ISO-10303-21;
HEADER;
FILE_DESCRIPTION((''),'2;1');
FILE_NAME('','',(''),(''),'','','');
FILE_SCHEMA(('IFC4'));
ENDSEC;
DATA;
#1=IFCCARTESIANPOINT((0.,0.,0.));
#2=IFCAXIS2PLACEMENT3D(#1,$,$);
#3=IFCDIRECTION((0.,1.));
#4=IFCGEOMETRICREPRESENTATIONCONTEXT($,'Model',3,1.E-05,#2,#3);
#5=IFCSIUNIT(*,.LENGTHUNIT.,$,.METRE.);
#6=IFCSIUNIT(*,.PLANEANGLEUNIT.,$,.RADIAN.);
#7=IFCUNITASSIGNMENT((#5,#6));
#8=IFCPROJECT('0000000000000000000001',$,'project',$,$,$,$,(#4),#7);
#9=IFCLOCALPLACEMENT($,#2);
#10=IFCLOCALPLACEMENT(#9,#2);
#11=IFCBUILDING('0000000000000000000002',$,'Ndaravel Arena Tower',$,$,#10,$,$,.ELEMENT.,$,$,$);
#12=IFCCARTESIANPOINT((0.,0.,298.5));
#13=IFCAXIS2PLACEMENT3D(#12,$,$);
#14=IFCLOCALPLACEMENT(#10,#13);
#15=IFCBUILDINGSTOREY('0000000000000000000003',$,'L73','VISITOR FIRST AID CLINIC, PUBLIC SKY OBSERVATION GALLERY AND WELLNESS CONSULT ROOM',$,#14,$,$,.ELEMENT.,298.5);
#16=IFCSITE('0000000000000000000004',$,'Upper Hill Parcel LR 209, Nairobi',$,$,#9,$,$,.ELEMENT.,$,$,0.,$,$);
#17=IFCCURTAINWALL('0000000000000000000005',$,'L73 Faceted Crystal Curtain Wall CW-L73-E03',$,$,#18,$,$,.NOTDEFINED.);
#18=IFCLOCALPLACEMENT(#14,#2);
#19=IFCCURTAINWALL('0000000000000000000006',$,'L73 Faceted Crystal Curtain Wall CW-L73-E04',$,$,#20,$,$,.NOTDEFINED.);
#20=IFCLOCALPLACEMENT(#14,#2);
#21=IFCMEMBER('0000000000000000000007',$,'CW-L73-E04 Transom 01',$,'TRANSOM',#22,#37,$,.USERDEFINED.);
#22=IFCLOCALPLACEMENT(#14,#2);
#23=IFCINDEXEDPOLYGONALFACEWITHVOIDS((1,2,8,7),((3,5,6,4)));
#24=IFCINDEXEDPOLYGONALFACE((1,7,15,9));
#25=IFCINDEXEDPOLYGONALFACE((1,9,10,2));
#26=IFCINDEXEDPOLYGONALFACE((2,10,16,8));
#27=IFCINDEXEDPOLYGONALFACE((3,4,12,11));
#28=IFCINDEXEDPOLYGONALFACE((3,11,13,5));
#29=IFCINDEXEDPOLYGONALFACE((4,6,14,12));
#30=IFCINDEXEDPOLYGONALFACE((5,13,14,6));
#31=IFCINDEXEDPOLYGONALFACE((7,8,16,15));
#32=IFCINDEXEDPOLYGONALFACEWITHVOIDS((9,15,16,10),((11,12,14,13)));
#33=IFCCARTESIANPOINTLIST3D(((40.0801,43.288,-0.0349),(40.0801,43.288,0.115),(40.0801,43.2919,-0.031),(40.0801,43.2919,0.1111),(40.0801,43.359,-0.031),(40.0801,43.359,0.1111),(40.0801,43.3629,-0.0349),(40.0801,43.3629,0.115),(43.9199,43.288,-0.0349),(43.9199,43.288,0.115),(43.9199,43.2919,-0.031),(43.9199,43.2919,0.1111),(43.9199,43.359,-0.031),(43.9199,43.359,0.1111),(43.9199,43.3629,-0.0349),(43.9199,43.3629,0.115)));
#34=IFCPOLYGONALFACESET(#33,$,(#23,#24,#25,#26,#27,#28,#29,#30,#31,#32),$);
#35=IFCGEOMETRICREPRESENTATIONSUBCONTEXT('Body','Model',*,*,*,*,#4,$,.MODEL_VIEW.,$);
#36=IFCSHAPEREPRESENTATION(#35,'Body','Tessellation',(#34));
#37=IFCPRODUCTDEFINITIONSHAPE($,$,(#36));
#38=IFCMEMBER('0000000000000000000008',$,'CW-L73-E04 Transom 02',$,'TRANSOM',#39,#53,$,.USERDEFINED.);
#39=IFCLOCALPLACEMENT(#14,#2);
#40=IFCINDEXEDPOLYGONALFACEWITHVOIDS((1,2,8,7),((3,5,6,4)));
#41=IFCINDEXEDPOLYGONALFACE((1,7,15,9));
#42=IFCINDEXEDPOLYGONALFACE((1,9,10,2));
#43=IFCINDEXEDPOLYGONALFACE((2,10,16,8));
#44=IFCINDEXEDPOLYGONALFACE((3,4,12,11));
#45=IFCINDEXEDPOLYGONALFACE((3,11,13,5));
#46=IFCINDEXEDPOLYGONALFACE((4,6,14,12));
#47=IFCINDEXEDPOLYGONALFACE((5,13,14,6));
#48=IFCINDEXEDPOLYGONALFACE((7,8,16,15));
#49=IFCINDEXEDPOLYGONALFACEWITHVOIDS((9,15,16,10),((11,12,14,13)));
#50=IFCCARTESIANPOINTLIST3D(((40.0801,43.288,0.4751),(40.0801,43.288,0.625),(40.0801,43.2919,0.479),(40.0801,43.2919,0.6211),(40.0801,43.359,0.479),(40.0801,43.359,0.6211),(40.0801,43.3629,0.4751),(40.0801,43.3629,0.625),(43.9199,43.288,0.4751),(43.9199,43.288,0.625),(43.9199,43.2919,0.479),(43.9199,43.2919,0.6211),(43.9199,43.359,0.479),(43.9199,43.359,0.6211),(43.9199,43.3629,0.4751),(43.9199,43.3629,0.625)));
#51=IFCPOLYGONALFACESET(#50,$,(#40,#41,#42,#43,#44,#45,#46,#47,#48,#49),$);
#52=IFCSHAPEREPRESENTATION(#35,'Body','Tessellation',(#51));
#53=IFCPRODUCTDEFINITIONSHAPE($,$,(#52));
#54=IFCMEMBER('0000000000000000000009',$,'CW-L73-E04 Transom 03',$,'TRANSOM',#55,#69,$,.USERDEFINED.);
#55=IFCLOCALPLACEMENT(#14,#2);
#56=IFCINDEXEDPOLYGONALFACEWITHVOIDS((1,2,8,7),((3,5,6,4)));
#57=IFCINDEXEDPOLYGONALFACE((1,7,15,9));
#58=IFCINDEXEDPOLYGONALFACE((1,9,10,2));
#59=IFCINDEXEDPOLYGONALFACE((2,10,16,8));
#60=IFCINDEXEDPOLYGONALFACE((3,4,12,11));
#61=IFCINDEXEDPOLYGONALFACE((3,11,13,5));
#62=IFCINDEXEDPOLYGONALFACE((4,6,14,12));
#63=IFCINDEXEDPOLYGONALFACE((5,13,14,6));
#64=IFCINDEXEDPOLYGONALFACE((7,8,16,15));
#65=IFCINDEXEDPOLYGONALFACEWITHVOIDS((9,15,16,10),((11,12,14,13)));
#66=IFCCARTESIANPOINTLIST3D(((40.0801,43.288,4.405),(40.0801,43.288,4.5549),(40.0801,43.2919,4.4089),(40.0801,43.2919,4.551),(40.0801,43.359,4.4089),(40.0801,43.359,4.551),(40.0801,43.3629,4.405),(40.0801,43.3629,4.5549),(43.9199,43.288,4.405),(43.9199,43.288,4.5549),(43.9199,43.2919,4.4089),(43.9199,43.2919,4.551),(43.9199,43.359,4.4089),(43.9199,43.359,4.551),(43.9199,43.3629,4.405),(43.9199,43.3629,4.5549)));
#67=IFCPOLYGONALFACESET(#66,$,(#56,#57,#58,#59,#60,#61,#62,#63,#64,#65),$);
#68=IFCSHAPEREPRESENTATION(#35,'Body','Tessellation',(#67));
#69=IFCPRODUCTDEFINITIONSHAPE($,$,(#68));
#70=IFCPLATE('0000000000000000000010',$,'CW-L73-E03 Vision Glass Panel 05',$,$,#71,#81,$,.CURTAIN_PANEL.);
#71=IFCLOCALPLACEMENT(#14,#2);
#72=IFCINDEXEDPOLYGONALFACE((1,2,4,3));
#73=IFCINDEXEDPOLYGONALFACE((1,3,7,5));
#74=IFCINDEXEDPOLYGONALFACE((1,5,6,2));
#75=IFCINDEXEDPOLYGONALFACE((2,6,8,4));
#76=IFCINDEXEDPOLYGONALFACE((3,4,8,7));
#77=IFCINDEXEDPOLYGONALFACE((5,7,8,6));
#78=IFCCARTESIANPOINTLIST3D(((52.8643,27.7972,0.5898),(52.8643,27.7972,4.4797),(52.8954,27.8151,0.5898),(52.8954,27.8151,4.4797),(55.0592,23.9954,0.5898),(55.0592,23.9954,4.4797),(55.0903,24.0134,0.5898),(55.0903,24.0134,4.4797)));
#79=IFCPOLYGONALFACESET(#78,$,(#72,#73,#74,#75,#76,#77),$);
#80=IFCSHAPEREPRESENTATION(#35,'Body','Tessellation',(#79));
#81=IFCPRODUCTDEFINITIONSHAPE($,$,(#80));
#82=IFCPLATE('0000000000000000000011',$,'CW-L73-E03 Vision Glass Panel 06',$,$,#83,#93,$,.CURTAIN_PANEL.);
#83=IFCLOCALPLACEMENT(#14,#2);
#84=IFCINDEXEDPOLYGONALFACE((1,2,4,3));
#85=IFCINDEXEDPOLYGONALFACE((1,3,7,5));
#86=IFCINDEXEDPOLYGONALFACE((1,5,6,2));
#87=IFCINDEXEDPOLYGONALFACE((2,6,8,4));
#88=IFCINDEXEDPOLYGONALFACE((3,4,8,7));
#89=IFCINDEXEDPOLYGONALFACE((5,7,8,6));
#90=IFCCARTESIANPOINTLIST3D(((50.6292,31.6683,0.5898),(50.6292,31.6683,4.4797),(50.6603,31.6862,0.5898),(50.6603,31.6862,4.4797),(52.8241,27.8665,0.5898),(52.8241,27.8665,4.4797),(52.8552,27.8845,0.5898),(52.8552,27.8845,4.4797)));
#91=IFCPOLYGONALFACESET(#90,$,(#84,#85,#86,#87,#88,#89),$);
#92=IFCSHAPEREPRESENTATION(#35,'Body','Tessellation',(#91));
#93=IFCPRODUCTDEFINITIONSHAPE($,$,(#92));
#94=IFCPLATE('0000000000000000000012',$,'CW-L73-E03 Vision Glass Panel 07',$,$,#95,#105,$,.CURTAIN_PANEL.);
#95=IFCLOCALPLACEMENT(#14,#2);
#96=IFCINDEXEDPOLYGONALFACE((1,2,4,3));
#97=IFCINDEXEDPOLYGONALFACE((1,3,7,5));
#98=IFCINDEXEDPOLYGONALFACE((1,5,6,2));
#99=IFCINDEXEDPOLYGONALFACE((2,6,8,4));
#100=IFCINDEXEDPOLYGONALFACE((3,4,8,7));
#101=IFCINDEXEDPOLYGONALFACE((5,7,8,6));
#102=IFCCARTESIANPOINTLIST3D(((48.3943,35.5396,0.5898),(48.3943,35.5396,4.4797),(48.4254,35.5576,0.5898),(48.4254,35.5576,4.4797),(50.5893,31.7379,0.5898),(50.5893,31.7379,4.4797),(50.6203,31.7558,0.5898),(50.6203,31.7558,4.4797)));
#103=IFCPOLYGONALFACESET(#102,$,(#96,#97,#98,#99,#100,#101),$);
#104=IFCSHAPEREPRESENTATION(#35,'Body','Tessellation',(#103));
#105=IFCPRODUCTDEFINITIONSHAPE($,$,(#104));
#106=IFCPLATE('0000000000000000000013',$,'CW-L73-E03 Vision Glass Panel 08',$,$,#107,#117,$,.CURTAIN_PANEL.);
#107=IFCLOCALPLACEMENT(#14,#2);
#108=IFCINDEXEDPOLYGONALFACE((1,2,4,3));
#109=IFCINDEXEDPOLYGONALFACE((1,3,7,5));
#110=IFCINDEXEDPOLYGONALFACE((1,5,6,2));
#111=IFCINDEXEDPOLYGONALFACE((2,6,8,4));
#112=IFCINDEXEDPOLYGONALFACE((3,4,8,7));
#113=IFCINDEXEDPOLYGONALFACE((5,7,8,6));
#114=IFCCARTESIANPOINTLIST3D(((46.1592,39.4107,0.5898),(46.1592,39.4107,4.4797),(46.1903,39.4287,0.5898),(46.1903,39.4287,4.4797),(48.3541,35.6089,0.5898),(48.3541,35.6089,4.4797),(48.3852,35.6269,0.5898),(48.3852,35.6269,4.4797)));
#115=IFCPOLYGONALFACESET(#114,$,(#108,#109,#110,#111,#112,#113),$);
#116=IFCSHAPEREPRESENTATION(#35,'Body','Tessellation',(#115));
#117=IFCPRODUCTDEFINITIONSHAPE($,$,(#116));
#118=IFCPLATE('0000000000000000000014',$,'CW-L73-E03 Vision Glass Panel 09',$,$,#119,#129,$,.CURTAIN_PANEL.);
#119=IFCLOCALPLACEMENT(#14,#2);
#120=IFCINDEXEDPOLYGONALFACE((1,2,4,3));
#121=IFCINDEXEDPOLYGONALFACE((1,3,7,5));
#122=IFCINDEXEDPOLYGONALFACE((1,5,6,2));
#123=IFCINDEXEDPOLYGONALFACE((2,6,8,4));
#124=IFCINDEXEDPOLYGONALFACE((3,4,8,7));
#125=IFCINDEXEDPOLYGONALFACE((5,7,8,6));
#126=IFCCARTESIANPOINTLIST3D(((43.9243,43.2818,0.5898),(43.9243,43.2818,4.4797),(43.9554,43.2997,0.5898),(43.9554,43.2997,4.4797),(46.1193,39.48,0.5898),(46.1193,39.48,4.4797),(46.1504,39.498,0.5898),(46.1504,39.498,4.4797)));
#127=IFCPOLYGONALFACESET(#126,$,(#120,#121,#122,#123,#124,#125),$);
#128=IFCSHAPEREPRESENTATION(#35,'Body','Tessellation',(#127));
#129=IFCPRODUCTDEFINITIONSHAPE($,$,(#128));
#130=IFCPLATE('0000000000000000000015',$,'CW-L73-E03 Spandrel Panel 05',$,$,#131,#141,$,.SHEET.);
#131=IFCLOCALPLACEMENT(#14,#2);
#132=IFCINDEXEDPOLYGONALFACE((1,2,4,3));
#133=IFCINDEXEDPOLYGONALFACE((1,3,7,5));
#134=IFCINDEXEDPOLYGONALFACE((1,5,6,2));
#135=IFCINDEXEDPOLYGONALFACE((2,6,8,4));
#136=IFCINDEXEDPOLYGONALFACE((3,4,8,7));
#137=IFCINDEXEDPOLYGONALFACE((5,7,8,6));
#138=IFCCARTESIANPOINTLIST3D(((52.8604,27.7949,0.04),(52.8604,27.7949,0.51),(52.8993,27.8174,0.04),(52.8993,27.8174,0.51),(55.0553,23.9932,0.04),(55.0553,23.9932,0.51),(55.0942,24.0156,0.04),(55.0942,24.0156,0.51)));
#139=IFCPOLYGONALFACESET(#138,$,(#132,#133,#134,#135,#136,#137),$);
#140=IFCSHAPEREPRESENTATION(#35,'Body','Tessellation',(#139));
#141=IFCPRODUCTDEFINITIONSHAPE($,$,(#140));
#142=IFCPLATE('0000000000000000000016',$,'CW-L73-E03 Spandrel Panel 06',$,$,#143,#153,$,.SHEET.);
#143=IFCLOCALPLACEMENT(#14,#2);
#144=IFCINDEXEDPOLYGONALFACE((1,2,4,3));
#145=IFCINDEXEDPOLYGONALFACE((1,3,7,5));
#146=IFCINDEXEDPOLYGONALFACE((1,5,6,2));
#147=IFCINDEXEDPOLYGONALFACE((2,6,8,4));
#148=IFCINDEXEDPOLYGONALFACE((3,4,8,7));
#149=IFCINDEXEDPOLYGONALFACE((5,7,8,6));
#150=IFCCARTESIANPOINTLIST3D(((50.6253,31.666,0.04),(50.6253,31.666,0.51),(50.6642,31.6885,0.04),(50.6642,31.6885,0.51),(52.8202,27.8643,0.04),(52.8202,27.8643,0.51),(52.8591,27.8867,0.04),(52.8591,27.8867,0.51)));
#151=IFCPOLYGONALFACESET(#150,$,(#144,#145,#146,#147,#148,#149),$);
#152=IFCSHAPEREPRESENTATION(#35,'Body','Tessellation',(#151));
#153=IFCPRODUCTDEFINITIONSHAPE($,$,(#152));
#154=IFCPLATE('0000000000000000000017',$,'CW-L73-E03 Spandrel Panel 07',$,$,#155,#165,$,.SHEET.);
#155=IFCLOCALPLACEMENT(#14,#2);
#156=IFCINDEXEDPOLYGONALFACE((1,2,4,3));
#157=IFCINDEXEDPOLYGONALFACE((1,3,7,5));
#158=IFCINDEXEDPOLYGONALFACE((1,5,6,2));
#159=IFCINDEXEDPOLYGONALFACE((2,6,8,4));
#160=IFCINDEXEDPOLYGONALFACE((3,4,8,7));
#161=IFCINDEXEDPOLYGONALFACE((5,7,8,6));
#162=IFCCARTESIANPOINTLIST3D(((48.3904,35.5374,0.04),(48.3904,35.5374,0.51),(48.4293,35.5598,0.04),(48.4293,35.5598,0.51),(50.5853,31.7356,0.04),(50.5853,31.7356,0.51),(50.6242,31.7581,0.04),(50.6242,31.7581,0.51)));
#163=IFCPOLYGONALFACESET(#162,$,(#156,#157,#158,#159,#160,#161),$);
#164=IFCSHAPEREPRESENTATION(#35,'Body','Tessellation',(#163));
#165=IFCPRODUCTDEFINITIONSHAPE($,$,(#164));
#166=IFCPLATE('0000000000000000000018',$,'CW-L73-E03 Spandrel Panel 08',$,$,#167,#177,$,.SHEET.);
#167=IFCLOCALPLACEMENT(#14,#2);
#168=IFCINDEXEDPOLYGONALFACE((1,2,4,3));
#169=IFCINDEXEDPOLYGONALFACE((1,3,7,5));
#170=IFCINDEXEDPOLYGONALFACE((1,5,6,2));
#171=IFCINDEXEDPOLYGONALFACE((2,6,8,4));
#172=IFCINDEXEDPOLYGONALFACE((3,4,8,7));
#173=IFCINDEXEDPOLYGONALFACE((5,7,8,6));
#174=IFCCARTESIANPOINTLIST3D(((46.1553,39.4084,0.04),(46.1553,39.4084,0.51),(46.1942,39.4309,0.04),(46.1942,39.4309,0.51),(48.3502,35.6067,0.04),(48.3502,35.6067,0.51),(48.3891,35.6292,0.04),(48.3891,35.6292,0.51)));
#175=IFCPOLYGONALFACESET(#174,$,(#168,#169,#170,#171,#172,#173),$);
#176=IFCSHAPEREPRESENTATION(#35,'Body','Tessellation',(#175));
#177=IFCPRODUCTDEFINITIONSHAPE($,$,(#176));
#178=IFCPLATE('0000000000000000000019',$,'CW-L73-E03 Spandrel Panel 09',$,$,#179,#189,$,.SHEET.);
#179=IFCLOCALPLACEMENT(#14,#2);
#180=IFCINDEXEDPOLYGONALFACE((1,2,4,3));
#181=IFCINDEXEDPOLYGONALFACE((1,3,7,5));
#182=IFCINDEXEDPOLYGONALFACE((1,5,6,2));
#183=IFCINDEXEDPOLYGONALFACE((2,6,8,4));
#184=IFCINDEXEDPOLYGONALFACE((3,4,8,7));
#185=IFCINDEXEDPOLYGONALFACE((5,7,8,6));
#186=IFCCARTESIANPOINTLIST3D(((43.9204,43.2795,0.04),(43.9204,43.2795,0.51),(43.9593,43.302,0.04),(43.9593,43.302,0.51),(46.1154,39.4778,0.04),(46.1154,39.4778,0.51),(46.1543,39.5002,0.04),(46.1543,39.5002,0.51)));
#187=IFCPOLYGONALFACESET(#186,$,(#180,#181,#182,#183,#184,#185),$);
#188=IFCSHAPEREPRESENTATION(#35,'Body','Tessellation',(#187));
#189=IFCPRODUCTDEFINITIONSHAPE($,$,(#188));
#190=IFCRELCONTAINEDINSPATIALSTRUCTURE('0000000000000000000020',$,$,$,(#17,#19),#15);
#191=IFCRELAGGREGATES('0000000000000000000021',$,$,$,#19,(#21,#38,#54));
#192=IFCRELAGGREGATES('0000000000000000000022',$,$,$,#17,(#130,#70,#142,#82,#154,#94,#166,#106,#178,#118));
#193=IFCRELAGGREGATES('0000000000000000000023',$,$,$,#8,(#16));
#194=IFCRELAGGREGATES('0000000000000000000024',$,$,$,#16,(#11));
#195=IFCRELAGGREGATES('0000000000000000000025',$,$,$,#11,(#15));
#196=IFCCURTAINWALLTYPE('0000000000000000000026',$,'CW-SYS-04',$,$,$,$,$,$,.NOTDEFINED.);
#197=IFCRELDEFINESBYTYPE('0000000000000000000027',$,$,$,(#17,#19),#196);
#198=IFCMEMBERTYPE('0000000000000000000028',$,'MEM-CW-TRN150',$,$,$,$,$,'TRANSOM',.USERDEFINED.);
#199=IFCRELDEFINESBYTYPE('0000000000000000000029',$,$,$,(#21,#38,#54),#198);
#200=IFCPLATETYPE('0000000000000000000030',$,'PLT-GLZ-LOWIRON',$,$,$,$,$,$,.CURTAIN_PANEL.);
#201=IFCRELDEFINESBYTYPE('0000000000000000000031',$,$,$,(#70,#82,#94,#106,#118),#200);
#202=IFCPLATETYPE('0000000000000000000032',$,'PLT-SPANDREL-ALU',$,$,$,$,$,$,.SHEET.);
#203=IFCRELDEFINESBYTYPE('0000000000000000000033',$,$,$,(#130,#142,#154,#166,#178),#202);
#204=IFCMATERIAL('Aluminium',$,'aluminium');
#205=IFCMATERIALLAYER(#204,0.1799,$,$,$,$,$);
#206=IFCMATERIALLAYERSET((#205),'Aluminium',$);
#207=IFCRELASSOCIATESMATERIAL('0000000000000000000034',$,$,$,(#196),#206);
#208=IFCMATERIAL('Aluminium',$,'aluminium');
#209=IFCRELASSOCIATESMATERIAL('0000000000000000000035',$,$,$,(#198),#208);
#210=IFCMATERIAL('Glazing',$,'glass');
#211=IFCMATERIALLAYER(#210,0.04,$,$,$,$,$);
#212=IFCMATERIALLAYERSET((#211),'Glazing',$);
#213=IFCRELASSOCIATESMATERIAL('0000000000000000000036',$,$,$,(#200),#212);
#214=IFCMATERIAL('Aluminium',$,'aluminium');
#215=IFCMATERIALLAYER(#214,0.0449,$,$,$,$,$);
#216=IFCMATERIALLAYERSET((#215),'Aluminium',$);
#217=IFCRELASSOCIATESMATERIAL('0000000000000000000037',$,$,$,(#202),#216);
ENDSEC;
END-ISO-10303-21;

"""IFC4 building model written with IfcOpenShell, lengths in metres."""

from ifc_helpers import new_model, si_unit, direction, frame, origin, origin_2d, place, context, subcontext, project, spatial, rectangle, hollow_rectangle, extrude, material, layer, layer_set, material_profile, profile_set, type_object, element, aggregate, save


model = new_model("IFC4")

# Units and contexts
model_context = context("Model", 3, precision=1e-05, world=origin(), true_north=direction((0.0, 1.0)))
body_context = subcontext(model_context, "Body", "Model", "MODEL_VIEW")
ifc_project = project(units=[si_unit("LENGTHUNIT", "METRE"), si_unit("PLANEANGLEUNIT", "RADIAN")], contexts=[model_context])

# Site, building, storey
site_placement = place(None, origin())
site = spatial("IfcSite", under=ifc_project, at=site_placement, Name="Upper Hill Parcel LR 209, Nairobi", CompositionType="ELEMENT", RefElevation=0.0)
building_placement = place(site_placement, origin())
building = spatial("IfcBuilding", under=site, at=building_placement, Name="Ndaravel Arena Tower", CompositionType="ELEMENT")
storey_placement = place(building_placement, frame((0.0, 0.0, 298.5)))
storey = spatial("IfcBuildingStorey", under=building, at=storey_placement, Name="L73", Description="VISITOR FIRST AID CLINIC, PUBLIC SKY OBSERVATION GALLERY AND WELLNESS CONSULT ROOM", CompositionType="ELEMENT", Elevation=298.5)

# Curtain walls, members
ifc_material_1 = material(Name="Aluminium", Category="aluminium")
ifc_layer_1 = layer(ifc_material_1, 0.1799)
ifc_layer_set_1 = layer_set([ifc_layer_1], Name="Aluminium")
curtain_wall_type = type_object("IfcCurtainWallType", Name="CW-SYS-04", PredefinedType="NOTDEFINED", material=ifc_layer_set_1)
curtain_wall_1_placement = place(storey_placement, origin())
curtain_wall_1 = element("IfcCurtainWall", 1, at=curtain_wall_1_placement, inside=storey, type_object=curtain_wall_type, Name="L73 Faceted Crystal Curtain Wall CW-L73-E03", PredefinedType="NOTDEFINED")
curtain_wall_2_placement = place(storey_placement, origin())
curtain_wall_2 = element("IfcCurtainWall", 2, at=curtain_wall_2_placement, inside=storey, type_object=curtain_wall_type, Name="L73 Faceted Crystal Curtain Wall CW-L73-E04", PredefinedType="NOTDEFINED")
ifc_material_2 = material(Name="Aluminium", Category="aluminium")
ifc_material_profile_1 = material_profile(ifc_material_2, hollow_rectangle(XDim=0.075, YDim=0.1499, WallThickness=0.0039, at=origin_2d()), Name="CW TRANSOM 75x150x4")
ifc_profile_set_1 = profile_set([ifc_material_profile_1], Name="Aluminium")
member_type_1 = type_object("IfcMemberType", Name="MEM-CW-TRN150", ElementType="TRANSOM", PredefinedType="USERDEFINED", material=ifc_profile_set_1)
member_1_placement = place(storey_placement, frame((43.9199, 43.3254, 0.04), z_axis=(-1.0, 0.0, 0.0), x_axis=(0.0, -1.0, 0.0)))
member_1 = element("IfcMember", 3, at=member_1_placement, type_object=member_type_1, Name="CW-L73-E04 Transom 01", ObjectType="TRANSOM", PredefinedType="USERDEFINED", context=body_context, shape_type="SweptSolid", body=[
    extrude(hollow_rectangle(XDim=0.075, YDim=0.1499, WallThickness=0.0039, at=origin_2d()), origin(), (0.0, 0.0, 1.0), 3.8398),
])
member_2_placement = place(storey_placement, frame((43.9199, 43.3254, 0.55), z_axis=(-1.0, 0.0, 0.0), x_axis=(0.0, -1.0, 0.0)))
member_2 = element("IfcMember", 4, at=member_2_placement, type_object=member_type_1, Name="CW-L73-E04 Transom 02", ObjectType="TRANSOM", PredefinedType="USERDEFINED", context=body_context, shape_type="SweptSolid", body=[
    extrude(hollow_rectangle(XDim=0.075, YDim=0.1499, WallThickness=0.0039, at=origin_2d()), origin(), (0.0, 0.0, 1.0), 3.8398),
])
member_3_placement = place(storey_placement, frame((43.9199, 43.3254, 4.48), z_axis=(-1.0, 0.0, 0.0), x_axis=(0.0, -1.0, 0.0)))
member_3 = element("IfcMember", 5, at=member_3_placement, type_object=member_type_1, Name="CW-L73-E04 Transom 03", ObjectType="TRANSOM", PredefinedType="USERDEFINED", context=body_context, shape_type="SweptSolid", body=[
    extrude(hollow_rectangle(XDim=0.075, YDim=0.1499, WallThickness=0.0039, at=origin_2d()), origin(), (0.0, 0.0, 1.0), 3.8398),
])
aggregate(curtain_wall_2, [member_1, member_2, member_3])

# Plates
ifc_material_3 = material(Name="Glazing", Category="glass")
ifc_layer_2 = layer(ifc_material_3, 0.04)
ifc_layer_set_2 = layer_set([ifc_layer_2], Name="Glazing")
plate_type_1 = type_object("IfcPlateType", Name="PLT-GLZ-LOWIRON", PredefinedType="CURTAIN_PANEL", material=ifc_layer_set_2)
plate_1_placement = place(storey_placement, frame((53.9773, 25.9053, 0.5898), z_axis=(0.0, 0.0, 1.0), x_axis=(-0.5, 0.866025, 0.0)))
plate_1 = element("IfcPlate", 6, at=plate_1_placement, type_object=plate_type_1, Name="CW-L73-E03 Vision Glass Panel 05", PredefinedType="CURTAIN_PANEL", context=body_context, shape_type="SweptSolid", body=[
    extrude(rectangle(XDim=4.3899, YDim=0.0359, at=origin_2d()), origin(), (0.0, 0.0, 1.0), 3.8899),
])
plate_2_placement = place(storey_placement, frame((51.7422, 29.7764, 0.5898), z_axis=(0.0, 0.0, 1.0), x_axis=(-0.5, 0.866025, 0.0)))
plate_2 = element("IfcPlate", 7, at=plate_2_placement, type_object=plate_type_1, Name="CW-L73-E03 Vision Glass Panel 06", PredefinedType="CURTAIN_PANEL", context=body_context, shape_type="SweptSolid", body=[
    extrude(rectangle(XDim=4.3899, YDim=0.0359, at=origin_2d()), origin(), (0.0, 0.0, 1.0), 3.8899),
])
plate_3_placement = place(storey_placement, frame((49.5073, 33.6477, 0.5898), z_axis=(0.0, 0.0, 1.0), x_axis=(-0.5, 0.866025, 0.0)))
plate_3 = element("IfcPlate", 8, at=plate_3_placement, type_object=plate_type_1, Name="CW-L73-E03 Vision Glass Panel 07", PredefinedType="CURTAIN_PANEL", context=body_context, shape_type="SweptSolid", body=[
    extrude(rectangle(XDim=4.3899, YDim=0.0359, at=origin_2d()), origin(), (0.0, 0.0, 1.0), 3.8899),
])
plate_4_placement = place(storey_placement, frame((47.2722, 37.5188, 0.5898), z_axis=(0.0, 0.0, 1.0), x_axis=(-0.5, 0.866025, 0.0)))
plate_4 = element("IfcPlate", 9, at=plate_4_placement, type_object=plate_type_1, Name="CW-L73-E03 Vision Glass Panel 08", PredefinedType="CURTAIN_PANEL", context=body_context, shape_type="SweptSolid", body=[
    extrude(rectangle(XDim=4.3899, YDim=0.0359, at=origin_2d()), origin(), (0.0, 0.0, 1.0), 3.8899),
])
plate_5_placement = place(storey_placement, frame((45.0374, 41.3899, 0.5898), z_axis=(0.0, 0.0, 1.0), x_axis=(-0.5, 0.866025, 0.0)))
plate_5 = element("IfcPlate", 10, at=plate_5_placement, type_object=plate_type_1, Name="CW-L73-E03 Vision Glass Panel 09", PredefinedType="CURTAIN_PANEL", context=body_context, shape_type="SweptSolid", body=[
    extrude(rectangle(XDim=4.3899, YDim=0.0359, at=origin_2d()), origin(), (0.0, 0.0, 1.0), 3.8899),
])
ifc_material_4 = material(Name="Aluminium", Category="aluminium")
ifc_layer_3 = layer(ifc_material_4, 0.0449)
ifc_layer_set_3 = layer_set([ifc_layer_3], Name="Aluminium")
plate_type_2 = type_object("IfcPlateType", Name="PLT-SPANDREL-ALU", PredefinedType="SHEET", material=ifc_layer_set_3)
plate_6_placement = place(storey_placement, frame((53.9773, 25.9053, 0.04), z_axis=(0.0, 0.0, 1.0), x_axis=(-0.5, 0.866025, 0.0)))
plate_6 = element("IfcPlate", 11, at=plate_6_placement, type_object=plate_type_2, Name="CW-L73-E03 Spandrel Panel 05", PredefinedType="SHEET", context=body_context, shape_type="SweptSolid", body=[
    extrude(rectangle(XDim=4.3899, YDim=0.0449, at=origin_2d()), origin(), (0.0, 0.0, 1.0), 0.47),
])
plate_7_placement = place(storey_placement, frame((51.7422, 29.7764, 0.04), z_axis=(0.0, 0.0, 1.0), x_axis=(-0.5, 0.866025, 0.0)))
plate_7 = element("IfcPlate", 12, at=plate_7_placement, type_object=plate_type_2, Name="CW-L73-E03 Spandrel Panel 06", PredefinedType="SHEET", context=body_context, shape_type="SweptSolid", body=[
    extrude(rectangle(XDim=4.3899, YDim=0.0449, at=origin_2d()), origin(), (0.0, 0.0, 1.0), 0.47),
])
plate_8_placement = place(storey_placement, frame((49.5073, 33.6477, 0.04), z_axis=(0.0, 0.0, 1.0), x_axis=(-0.5, 0.866025, 0.0)))
plate_8 = element("IfcPlate", 13, at=plate_8_placement, type_object=plate_type_2, Name="CW-L73-E03 Spandrel Panel 07", PredefinedType="SHEET", context=body_context, shape_type="SweptSolid", body=[
    extrude(rectangle(XDim=4.3899, YDim=0.0449, at=origin_2d()), origin(), (0.0, 0.0, 1.0), 0.47),
])
plate_9_placement = place(storey_placement, frame((47.2722, 37.5188, 0.04), z_axis=(0.0, 0.0, 1.0), x_axis=(-0.5, 0.866025, 0.0)))
plate_9 = element("IfcPlate", 14, at=plate_9_placement, type_object=plate_type_2, Name="CW-L73-E03 Spandrel Panel 08", PredefinedType="SHEET", context=body_context, shape_type="SweptSolid", body=[
    extrude(rectangle(XDim=4.3899, YDim=0.0449, at=origin_2d()), origin(), (0.0, 0.0, 1.0), 0.47),
])
plate_10_placement = place(storey_placement, frame((45.0374, 41.3899, 0.04), z_axis=(0.0, 0.0, 1.0), x_axis=(-0.5, 0.866025, 0.0)))
plate_10 = element("IfcPlate", 15, at=plate_10_placement, type_object=plate_type_2, Name="CW-L73-E03 Spandrel Panel 09", PredefinedType="SHEET", context=body_context, shape_type="SweptSolid", body=[
    extrude(rectangle(XDim=4.3899, YDim=0.0449, at=origin_2d()), origin(), (0.0, 0.0, 1.0), 0.47),
])
aggregate(curtain_wall_1, [plate_6, plate_1, plate_7, plate_2, plate_8, plate_3, plate_9, plate_4, plate_10, plate_5])

save(model, "model.ifc")
